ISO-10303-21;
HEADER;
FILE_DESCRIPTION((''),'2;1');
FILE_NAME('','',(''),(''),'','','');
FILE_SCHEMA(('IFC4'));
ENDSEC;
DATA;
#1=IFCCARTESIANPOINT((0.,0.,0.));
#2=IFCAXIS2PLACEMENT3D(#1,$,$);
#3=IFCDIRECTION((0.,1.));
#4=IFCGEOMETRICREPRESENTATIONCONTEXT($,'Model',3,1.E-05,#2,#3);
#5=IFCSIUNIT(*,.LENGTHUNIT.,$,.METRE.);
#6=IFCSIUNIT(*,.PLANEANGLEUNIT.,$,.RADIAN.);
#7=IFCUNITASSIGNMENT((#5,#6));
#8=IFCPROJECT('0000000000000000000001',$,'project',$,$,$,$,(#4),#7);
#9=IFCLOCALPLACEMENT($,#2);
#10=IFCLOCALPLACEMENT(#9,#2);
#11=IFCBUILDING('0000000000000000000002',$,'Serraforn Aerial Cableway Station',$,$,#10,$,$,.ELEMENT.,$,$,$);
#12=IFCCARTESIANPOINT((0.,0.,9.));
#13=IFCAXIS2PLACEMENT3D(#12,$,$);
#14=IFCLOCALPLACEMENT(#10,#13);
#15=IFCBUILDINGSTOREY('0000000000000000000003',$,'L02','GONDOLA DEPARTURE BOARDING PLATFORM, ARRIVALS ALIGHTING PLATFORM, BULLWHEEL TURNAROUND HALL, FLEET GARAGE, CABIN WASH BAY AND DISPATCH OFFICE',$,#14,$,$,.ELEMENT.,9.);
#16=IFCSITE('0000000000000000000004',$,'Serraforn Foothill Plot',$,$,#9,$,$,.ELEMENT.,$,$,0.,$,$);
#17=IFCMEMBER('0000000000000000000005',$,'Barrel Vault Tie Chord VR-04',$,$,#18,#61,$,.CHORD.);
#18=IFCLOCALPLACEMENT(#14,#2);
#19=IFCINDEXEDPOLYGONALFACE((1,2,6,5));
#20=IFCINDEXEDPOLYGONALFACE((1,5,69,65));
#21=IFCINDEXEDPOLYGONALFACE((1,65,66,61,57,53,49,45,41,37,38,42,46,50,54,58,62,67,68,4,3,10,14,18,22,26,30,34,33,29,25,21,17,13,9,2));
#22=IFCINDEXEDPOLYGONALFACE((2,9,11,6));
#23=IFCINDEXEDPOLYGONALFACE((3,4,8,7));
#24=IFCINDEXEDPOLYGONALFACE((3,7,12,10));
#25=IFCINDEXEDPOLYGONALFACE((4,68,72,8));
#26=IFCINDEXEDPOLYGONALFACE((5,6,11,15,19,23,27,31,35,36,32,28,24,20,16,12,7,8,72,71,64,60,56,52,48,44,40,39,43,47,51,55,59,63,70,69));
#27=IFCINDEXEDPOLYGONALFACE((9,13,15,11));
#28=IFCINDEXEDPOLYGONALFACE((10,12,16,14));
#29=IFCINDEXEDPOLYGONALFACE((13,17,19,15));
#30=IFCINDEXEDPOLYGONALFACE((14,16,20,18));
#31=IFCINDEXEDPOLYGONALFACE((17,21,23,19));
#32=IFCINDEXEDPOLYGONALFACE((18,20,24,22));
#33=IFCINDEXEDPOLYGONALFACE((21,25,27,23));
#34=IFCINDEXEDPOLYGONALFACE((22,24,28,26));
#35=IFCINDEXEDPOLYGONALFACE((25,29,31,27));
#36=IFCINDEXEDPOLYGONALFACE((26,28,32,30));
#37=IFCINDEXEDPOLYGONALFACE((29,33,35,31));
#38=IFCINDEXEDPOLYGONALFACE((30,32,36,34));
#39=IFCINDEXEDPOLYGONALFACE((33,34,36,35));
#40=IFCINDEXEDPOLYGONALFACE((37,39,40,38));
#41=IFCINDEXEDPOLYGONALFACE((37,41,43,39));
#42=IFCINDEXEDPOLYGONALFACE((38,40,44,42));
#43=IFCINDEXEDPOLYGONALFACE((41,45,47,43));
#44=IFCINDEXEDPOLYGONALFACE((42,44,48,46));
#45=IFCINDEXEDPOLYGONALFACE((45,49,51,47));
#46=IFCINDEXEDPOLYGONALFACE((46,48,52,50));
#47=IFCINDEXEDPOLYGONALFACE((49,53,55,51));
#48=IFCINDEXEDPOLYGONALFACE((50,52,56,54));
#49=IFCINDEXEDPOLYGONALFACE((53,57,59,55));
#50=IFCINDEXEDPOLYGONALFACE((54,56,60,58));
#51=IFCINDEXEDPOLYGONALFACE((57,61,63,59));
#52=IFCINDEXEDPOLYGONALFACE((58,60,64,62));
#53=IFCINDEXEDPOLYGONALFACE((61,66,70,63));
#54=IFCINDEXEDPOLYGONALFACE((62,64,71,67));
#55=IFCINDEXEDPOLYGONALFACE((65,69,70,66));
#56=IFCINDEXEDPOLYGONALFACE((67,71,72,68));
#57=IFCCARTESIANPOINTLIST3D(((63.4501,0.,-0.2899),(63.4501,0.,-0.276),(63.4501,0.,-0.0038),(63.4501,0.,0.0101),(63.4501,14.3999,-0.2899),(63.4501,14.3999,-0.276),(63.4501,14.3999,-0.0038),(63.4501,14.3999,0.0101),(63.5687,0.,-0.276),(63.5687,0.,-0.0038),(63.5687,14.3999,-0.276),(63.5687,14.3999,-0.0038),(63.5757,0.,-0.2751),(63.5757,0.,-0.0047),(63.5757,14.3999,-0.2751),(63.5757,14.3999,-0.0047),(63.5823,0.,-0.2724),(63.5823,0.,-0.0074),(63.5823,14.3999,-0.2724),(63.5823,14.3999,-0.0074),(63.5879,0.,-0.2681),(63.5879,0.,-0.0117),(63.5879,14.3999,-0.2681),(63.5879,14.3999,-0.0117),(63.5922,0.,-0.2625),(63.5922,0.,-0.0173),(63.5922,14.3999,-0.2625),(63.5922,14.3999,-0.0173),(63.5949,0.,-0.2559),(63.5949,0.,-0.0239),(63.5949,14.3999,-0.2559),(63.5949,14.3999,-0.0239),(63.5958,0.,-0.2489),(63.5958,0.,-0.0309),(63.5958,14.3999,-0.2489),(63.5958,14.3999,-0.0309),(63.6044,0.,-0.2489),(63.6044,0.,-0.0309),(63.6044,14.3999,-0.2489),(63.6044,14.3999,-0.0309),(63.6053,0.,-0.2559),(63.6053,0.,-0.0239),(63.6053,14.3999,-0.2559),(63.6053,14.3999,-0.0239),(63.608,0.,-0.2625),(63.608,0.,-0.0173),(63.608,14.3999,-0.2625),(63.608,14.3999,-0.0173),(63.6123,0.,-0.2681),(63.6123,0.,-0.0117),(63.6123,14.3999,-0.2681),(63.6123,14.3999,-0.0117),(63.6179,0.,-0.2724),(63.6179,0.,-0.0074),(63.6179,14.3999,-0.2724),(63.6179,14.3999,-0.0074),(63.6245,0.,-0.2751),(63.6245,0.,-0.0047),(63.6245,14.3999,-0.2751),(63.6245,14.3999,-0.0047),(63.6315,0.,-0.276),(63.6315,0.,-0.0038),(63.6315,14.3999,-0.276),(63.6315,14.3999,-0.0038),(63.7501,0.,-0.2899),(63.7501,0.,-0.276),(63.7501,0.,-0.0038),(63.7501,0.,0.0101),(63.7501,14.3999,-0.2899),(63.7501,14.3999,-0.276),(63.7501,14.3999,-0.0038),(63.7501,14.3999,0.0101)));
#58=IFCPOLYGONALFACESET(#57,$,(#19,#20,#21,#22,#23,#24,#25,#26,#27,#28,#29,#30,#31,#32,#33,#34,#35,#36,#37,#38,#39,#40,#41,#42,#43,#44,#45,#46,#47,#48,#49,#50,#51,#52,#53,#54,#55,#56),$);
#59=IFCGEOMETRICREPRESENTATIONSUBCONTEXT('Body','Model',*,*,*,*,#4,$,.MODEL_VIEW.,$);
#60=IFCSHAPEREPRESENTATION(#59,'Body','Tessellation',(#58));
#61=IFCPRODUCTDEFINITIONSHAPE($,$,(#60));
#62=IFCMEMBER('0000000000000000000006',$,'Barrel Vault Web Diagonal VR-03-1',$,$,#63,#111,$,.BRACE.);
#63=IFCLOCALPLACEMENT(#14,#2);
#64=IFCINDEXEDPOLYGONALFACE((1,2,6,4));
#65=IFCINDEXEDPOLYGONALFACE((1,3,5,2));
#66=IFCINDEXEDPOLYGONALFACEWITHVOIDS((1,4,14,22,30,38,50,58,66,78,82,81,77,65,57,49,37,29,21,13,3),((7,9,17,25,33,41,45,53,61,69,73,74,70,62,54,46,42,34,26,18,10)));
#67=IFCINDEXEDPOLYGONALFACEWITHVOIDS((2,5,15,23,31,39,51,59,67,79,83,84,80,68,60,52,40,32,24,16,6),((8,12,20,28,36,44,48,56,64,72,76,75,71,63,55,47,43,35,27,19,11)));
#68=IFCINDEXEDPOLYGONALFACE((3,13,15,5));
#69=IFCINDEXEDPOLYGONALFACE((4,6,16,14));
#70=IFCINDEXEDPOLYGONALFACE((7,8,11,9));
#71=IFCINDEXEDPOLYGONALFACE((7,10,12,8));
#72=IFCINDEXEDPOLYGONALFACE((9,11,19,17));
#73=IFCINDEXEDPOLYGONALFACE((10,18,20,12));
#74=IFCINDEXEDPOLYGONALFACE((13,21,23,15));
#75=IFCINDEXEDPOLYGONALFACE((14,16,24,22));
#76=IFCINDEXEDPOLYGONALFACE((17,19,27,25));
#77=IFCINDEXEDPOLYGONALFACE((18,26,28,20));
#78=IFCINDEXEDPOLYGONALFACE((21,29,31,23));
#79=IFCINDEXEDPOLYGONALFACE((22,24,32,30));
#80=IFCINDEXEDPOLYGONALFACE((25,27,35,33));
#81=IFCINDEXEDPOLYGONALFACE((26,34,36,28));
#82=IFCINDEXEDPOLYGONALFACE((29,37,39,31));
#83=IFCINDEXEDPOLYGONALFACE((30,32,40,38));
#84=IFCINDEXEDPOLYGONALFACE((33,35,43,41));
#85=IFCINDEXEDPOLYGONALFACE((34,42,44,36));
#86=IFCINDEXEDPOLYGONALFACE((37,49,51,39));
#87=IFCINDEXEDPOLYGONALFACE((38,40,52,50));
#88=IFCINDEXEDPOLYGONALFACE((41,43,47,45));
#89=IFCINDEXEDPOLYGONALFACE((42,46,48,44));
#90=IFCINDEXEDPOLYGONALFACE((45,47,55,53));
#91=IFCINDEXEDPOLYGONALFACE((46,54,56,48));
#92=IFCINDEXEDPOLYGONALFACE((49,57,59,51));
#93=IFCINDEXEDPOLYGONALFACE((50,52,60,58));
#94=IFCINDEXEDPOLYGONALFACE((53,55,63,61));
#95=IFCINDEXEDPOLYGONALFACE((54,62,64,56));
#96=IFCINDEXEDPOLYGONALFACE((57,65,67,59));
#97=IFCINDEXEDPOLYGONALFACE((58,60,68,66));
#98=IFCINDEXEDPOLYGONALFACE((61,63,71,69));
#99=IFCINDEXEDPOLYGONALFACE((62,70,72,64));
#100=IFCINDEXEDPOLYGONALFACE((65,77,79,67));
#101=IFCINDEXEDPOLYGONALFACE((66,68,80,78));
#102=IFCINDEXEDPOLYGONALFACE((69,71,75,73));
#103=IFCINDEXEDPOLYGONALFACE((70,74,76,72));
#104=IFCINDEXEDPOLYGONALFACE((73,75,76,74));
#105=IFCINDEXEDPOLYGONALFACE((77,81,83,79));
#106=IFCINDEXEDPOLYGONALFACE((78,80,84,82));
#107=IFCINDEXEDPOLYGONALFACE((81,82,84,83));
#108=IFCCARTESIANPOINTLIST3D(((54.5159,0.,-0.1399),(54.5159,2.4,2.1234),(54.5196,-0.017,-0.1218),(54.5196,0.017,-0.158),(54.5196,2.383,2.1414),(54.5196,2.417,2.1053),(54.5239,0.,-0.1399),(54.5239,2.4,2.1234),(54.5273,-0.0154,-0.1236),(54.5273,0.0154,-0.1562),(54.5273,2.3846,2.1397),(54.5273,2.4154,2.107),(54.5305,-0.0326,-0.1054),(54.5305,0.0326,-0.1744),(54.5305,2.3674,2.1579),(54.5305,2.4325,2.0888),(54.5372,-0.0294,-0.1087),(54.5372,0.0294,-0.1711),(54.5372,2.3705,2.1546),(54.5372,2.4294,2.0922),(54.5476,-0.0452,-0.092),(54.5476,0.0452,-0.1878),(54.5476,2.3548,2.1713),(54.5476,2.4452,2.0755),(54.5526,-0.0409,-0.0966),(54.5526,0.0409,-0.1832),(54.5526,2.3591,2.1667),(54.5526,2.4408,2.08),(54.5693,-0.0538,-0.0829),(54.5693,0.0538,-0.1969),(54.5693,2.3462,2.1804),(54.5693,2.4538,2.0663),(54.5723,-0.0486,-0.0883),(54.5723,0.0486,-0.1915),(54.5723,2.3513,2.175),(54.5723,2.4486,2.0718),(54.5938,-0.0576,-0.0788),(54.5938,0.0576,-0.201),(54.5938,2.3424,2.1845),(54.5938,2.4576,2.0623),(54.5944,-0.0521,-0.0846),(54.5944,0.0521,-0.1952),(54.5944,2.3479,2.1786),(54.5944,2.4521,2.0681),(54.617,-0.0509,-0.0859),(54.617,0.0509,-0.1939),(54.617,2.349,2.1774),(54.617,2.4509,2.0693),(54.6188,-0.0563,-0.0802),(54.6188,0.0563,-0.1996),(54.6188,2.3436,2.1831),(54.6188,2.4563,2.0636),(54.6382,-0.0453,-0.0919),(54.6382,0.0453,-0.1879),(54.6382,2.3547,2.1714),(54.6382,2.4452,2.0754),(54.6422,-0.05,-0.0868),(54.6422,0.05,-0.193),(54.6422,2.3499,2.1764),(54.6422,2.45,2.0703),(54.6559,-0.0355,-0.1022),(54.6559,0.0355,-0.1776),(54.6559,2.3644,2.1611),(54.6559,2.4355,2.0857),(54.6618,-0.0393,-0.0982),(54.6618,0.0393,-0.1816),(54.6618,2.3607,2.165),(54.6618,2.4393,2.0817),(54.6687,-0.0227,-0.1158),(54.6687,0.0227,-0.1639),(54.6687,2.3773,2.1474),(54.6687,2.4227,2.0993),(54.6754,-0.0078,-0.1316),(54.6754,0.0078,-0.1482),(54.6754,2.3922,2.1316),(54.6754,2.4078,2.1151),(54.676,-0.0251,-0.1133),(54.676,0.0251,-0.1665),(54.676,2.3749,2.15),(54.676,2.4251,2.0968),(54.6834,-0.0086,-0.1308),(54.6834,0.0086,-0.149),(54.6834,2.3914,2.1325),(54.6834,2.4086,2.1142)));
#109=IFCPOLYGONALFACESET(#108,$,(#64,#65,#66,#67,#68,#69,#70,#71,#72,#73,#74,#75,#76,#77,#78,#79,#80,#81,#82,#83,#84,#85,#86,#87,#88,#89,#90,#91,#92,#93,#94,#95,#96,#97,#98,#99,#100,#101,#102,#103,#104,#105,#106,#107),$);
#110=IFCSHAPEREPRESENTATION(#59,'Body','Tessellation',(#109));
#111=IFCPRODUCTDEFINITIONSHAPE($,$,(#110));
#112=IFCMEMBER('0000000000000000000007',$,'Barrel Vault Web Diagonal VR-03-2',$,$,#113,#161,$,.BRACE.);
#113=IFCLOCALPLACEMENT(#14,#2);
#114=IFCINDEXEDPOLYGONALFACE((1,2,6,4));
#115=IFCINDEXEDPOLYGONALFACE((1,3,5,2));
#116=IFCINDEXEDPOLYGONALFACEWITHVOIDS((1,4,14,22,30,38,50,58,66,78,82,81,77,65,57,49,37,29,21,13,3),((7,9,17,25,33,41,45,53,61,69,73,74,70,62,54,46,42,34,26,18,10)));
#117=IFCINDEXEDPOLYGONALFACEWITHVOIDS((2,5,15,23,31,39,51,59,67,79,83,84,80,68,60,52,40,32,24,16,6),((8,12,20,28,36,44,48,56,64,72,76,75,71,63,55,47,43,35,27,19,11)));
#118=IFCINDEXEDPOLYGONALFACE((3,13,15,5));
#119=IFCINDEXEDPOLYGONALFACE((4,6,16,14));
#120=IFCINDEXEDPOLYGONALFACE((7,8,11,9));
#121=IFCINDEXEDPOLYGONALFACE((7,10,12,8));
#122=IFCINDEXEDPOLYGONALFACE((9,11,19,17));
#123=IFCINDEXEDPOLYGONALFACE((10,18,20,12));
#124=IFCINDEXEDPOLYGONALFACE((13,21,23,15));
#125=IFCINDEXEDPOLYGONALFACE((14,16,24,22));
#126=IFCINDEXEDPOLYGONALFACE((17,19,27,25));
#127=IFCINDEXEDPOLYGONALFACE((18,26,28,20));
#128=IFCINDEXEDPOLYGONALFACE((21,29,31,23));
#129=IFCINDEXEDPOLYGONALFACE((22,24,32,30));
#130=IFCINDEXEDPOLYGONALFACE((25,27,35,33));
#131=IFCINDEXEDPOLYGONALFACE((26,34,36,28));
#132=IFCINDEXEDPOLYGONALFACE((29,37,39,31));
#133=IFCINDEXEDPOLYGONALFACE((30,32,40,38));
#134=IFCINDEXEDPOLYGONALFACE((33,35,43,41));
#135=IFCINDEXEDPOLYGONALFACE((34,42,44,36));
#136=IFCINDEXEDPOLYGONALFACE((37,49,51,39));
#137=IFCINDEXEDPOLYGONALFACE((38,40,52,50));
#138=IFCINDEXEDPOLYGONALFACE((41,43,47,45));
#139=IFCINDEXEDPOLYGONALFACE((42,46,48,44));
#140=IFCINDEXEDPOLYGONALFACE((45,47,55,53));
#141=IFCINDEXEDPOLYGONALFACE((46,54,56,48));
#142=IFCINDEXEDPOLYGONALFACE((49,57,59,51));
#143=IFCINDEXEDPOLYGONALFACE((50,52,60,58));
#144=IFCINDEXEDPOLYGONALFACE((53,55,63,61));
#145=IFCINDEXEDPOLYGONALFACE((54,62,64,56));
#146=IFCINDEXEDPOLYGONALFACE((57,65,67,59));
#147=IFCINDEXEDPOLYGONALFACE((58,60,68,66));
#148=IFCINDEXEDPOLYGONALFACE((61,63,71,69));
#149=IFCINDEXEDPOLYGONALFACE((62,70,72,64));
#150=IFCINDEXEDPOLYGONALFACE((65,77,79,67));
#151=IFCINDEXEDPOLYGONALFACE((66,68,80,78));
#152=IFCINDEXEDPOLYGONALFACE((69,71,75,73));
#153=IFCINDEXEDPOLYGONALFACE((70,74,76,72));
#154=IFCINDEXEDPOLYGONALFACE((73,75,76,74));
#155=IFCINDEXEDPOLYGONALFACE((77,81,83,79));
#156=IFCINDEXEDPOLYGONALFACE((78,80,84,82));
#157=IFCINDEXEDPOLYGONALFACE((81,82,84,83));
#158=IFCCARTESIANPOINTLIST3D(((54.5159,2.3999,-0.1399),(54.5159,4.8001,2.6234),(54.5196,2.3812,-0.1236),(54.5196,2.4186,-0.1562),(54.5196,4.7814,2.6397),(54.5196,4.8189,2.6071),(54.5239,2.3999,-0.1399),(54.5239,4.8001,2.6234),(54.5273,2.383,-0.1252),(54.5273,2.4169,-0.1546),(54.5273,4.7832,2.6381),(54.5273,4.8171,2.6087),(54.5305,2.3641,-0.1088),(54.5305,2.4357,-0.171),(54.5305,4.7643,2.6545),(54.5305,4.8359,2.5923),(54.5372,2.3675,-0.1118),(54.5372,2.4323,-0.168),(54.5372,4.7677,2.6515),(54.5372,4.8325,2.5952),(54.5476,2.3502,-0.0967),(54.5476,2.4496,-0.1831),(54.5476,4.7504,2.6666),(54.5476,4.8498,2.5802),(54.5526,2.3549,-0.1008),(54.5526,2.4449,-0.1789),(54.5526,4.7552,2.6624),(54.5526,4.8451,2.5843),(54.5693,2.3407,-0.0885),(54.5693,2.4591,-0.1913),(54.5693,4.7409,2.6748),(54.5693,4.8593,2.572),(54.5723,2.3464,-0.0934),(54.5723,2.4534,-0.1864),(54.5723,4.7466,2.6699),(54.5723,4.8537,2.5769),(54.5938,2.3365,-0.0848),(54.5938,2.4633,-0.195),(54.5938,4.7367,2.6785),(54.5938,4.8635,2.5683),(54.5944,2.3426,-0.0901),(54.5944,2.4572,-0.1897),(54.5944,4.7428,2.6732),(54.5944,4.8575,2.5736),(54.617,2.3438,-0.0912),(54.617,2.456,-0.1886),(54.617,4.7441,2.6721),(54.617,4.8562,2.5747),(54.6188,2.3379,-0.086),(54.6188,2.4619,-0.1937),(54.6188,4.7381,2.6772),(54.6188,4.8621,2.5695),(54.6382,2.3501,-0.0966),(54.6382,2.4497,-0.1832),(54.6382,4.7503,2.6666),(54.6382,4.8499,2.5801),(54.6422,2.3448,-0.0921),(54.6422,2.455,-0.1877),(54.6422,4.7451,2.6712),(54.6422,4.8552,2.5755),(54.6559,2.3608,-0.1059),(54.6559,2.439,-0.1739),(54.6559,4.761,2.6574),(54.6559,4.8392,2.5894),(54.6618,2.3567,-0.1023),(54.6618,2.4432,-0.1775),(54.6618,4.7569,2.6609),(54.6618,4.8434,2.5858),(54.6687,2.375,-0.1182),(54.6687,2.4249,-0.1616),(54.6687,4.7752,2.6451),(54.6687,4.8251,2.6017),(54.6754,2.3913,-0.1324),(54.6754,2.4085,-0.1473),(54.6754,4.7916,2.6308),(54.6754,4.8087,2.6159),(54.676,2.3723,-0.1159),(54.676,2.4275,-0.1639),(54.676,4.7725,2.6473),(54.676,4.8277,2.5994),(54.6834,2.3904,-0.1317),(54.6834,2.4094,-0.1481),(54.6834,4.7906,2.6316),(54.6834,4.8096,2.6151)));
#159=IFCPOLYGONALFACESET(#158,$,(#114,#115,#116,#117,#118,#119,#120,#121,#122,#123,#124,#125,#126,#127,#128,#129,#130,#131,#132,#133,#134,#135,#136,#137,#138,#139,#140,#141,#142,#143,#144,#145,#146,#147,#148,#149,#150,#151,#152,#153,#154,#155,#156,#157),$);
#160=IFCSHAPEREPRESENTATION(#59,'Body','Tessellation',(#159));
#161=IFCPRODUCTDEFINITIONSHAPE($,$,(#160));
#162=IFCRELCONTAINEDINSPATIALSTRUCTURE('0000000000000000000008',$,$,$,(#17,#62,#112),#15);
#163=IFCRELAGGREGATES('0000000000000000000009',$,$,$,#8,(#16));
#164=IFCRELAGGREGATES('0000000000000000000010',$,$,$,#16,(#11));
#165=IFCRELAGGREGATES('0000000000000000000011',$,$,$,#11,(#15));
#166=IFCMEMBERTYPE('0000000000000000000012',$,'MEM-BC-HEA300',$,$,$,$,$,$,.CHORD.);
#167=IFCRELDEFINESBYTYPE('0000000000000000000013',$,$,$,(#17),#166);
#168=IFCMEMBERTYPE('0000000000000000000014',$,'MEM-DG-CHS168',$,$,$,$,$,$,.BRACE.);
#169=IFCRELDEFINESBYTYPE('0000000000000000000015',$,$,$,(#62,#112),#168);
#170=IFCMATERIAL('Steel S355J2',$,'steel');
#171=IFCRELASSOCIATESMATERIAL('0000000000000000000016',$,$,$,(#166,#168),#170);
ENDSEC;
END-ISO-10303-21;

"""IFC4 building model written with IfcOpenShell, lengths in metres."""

from ifc_helpers import new_model, si_unit, direction, frame, origin, origin_2d, place, context, subcontext, project, spatial, hollow_circle, i_section, extrude, material, material_profile, profile_set, type_object, element, save


model = new_model("IFC4")

# Units and contexts
model_context = context("Model", 3, precision=1e-05, world=origin(), true_north=direction((0.0, 1.0)))
body_context = subcontext(model_context, "Body", "Model", "MODEL_VIEW")
ifc_project = project(units=[si_unit("LENGTHUNIT", "METRE"), si_unit("PLANEANGLEUNIT", "RADIAN")], contexts=[model_context])

# Site, building, storey
site_placement = place(None, origin())
site = spatial("IfcSite", under=ifc_project, at=site_placement, Name="Serraforn Foothill Plot", CompositionType="ELEMENT", RefElevation=0.0)
building_placement = place(site_placement, origin())
building = spatial("IfcBuilding", under=site, at=building_placement, Name="Serraforn Aerial Cableway Station", CompositionType="ELEMENT")
storey_placement = place(building_placement, frame((0.0, 0.0, 9.0)))
storey = spatial("IfcBuildingStorey", under=building, at=storey_placement, Name="L02", Description="GONDOLA DEPARTURE BOARDING PLATFORM, ARRIVALS ALIGHTING PLATFORM, BULLWHEEL TURNAROUND HALL, FLEET GARAGE, CABIN WASH BAY AND DISPATCH OFFICE", CompositionType="ELEMENT", Elevation=9.0)

# Members
ifc_material_1 = material(Name="Steel S355J2", Category="steel")
ifc_material_profile_1 = material_profile(ifc_material_1, i_section(OverallWidth=0.3, OverallDepth=0.3, WebThickness=0.0085, FlangeThickness=0.0139, FilletRadius=0.0271, at=origin_2d()), Name="HEA 300")
ifc_profile_set_1 = profile_set([ifc_material_profile_1], Name="Steel S355J2")
member_type_1 = type_object("IfcMemberType", Name="MEM-BC-HEA300", PredefinedType="CHORD", material=ifc_profile_set_1)
for number, where, z_axis, x_axis, name in (
    (1, (63.6001, 0.0, -0.1399), (0.0, 1.0, 0.0), (-1.0, 0.0, 0.0), "Barrel Vault Tie Chord VR-04"),
):
    element("IfcMember", number, at=place(storey_placement, frame(where, z_axis=z_axis, x_axis=x_axis)), inside=storey, type_object=member_type_1, Name=name, PredefinedType="CHORD", context=body_context, shape_type="SweptSolid", body=[
        extrude(i_section(OverallWidth=0.3, OverallDepth=0.3, WebThickness=0.0085, FlangeThickness=0.0139, FilletRadius=0.0271, at=origin_2d()), origin(), (0.0, 0.0, 1.0), 14.3999),
    ])
ifc_material_profile_2 = material_profile(ifc_material_1, hollow_circle(Radius=0.0842, WallThickness=0.0081, at=origin_2d()), Name="CHS 168.3x8.0")
ifc_profile_set_2 = profile_set([ifc_material_profile_2], Name="Steel S355J2")
member_type_2 = type_object("IfcMemberType", Name="MEM-DG-CHS168", PredefinedType="BRACE", material=ifc_profile_set_2)
member_1_placement = place(storey_placement, frame((54.6001, 0.0, -0.1399), z_axis=(0.0, 0.727526, 0.68608), x_axis=(-1.0, 0.0, 0.0)))
element("IfcMember", 2, at=member_1_placement, inside=storey, type_object=member_type_2, Name="Barrel Vault Web Diagonal VR-03-1", PredefinedType="BRACE", context=body_context, shape_type="SweptSolid", body=[
    extrude(hollow_circle(Radius=0.0842, WallThickness=0.0081, at=origin_2d()), origin(), (0.0, 0.0, 1.0), 3.2988),
])
member_2_placement = place(storey_placement, frame((54.6001, 2.3999, -0.1399), z_axis=(0.0, 0.655771, 0.75496), x_axis=(-1.0, 0.0, 0.0)))
element("IfcMember", 3, at=member_2_placement, inside=storey, type_object=member_type_2, Name="Barrel Vault Web Diagonal VR-03-2", PredefinedType="BRACE", context=body_context, shape_type="SweptSolid", body=[
    extrude(hollow_circle(Radius=0.0842, WallThickness=0.0081, at=origin_2d()), origin(), (0.0, 0.0, 1.0), 3.6602),
])

save(model, "model.ifc")
